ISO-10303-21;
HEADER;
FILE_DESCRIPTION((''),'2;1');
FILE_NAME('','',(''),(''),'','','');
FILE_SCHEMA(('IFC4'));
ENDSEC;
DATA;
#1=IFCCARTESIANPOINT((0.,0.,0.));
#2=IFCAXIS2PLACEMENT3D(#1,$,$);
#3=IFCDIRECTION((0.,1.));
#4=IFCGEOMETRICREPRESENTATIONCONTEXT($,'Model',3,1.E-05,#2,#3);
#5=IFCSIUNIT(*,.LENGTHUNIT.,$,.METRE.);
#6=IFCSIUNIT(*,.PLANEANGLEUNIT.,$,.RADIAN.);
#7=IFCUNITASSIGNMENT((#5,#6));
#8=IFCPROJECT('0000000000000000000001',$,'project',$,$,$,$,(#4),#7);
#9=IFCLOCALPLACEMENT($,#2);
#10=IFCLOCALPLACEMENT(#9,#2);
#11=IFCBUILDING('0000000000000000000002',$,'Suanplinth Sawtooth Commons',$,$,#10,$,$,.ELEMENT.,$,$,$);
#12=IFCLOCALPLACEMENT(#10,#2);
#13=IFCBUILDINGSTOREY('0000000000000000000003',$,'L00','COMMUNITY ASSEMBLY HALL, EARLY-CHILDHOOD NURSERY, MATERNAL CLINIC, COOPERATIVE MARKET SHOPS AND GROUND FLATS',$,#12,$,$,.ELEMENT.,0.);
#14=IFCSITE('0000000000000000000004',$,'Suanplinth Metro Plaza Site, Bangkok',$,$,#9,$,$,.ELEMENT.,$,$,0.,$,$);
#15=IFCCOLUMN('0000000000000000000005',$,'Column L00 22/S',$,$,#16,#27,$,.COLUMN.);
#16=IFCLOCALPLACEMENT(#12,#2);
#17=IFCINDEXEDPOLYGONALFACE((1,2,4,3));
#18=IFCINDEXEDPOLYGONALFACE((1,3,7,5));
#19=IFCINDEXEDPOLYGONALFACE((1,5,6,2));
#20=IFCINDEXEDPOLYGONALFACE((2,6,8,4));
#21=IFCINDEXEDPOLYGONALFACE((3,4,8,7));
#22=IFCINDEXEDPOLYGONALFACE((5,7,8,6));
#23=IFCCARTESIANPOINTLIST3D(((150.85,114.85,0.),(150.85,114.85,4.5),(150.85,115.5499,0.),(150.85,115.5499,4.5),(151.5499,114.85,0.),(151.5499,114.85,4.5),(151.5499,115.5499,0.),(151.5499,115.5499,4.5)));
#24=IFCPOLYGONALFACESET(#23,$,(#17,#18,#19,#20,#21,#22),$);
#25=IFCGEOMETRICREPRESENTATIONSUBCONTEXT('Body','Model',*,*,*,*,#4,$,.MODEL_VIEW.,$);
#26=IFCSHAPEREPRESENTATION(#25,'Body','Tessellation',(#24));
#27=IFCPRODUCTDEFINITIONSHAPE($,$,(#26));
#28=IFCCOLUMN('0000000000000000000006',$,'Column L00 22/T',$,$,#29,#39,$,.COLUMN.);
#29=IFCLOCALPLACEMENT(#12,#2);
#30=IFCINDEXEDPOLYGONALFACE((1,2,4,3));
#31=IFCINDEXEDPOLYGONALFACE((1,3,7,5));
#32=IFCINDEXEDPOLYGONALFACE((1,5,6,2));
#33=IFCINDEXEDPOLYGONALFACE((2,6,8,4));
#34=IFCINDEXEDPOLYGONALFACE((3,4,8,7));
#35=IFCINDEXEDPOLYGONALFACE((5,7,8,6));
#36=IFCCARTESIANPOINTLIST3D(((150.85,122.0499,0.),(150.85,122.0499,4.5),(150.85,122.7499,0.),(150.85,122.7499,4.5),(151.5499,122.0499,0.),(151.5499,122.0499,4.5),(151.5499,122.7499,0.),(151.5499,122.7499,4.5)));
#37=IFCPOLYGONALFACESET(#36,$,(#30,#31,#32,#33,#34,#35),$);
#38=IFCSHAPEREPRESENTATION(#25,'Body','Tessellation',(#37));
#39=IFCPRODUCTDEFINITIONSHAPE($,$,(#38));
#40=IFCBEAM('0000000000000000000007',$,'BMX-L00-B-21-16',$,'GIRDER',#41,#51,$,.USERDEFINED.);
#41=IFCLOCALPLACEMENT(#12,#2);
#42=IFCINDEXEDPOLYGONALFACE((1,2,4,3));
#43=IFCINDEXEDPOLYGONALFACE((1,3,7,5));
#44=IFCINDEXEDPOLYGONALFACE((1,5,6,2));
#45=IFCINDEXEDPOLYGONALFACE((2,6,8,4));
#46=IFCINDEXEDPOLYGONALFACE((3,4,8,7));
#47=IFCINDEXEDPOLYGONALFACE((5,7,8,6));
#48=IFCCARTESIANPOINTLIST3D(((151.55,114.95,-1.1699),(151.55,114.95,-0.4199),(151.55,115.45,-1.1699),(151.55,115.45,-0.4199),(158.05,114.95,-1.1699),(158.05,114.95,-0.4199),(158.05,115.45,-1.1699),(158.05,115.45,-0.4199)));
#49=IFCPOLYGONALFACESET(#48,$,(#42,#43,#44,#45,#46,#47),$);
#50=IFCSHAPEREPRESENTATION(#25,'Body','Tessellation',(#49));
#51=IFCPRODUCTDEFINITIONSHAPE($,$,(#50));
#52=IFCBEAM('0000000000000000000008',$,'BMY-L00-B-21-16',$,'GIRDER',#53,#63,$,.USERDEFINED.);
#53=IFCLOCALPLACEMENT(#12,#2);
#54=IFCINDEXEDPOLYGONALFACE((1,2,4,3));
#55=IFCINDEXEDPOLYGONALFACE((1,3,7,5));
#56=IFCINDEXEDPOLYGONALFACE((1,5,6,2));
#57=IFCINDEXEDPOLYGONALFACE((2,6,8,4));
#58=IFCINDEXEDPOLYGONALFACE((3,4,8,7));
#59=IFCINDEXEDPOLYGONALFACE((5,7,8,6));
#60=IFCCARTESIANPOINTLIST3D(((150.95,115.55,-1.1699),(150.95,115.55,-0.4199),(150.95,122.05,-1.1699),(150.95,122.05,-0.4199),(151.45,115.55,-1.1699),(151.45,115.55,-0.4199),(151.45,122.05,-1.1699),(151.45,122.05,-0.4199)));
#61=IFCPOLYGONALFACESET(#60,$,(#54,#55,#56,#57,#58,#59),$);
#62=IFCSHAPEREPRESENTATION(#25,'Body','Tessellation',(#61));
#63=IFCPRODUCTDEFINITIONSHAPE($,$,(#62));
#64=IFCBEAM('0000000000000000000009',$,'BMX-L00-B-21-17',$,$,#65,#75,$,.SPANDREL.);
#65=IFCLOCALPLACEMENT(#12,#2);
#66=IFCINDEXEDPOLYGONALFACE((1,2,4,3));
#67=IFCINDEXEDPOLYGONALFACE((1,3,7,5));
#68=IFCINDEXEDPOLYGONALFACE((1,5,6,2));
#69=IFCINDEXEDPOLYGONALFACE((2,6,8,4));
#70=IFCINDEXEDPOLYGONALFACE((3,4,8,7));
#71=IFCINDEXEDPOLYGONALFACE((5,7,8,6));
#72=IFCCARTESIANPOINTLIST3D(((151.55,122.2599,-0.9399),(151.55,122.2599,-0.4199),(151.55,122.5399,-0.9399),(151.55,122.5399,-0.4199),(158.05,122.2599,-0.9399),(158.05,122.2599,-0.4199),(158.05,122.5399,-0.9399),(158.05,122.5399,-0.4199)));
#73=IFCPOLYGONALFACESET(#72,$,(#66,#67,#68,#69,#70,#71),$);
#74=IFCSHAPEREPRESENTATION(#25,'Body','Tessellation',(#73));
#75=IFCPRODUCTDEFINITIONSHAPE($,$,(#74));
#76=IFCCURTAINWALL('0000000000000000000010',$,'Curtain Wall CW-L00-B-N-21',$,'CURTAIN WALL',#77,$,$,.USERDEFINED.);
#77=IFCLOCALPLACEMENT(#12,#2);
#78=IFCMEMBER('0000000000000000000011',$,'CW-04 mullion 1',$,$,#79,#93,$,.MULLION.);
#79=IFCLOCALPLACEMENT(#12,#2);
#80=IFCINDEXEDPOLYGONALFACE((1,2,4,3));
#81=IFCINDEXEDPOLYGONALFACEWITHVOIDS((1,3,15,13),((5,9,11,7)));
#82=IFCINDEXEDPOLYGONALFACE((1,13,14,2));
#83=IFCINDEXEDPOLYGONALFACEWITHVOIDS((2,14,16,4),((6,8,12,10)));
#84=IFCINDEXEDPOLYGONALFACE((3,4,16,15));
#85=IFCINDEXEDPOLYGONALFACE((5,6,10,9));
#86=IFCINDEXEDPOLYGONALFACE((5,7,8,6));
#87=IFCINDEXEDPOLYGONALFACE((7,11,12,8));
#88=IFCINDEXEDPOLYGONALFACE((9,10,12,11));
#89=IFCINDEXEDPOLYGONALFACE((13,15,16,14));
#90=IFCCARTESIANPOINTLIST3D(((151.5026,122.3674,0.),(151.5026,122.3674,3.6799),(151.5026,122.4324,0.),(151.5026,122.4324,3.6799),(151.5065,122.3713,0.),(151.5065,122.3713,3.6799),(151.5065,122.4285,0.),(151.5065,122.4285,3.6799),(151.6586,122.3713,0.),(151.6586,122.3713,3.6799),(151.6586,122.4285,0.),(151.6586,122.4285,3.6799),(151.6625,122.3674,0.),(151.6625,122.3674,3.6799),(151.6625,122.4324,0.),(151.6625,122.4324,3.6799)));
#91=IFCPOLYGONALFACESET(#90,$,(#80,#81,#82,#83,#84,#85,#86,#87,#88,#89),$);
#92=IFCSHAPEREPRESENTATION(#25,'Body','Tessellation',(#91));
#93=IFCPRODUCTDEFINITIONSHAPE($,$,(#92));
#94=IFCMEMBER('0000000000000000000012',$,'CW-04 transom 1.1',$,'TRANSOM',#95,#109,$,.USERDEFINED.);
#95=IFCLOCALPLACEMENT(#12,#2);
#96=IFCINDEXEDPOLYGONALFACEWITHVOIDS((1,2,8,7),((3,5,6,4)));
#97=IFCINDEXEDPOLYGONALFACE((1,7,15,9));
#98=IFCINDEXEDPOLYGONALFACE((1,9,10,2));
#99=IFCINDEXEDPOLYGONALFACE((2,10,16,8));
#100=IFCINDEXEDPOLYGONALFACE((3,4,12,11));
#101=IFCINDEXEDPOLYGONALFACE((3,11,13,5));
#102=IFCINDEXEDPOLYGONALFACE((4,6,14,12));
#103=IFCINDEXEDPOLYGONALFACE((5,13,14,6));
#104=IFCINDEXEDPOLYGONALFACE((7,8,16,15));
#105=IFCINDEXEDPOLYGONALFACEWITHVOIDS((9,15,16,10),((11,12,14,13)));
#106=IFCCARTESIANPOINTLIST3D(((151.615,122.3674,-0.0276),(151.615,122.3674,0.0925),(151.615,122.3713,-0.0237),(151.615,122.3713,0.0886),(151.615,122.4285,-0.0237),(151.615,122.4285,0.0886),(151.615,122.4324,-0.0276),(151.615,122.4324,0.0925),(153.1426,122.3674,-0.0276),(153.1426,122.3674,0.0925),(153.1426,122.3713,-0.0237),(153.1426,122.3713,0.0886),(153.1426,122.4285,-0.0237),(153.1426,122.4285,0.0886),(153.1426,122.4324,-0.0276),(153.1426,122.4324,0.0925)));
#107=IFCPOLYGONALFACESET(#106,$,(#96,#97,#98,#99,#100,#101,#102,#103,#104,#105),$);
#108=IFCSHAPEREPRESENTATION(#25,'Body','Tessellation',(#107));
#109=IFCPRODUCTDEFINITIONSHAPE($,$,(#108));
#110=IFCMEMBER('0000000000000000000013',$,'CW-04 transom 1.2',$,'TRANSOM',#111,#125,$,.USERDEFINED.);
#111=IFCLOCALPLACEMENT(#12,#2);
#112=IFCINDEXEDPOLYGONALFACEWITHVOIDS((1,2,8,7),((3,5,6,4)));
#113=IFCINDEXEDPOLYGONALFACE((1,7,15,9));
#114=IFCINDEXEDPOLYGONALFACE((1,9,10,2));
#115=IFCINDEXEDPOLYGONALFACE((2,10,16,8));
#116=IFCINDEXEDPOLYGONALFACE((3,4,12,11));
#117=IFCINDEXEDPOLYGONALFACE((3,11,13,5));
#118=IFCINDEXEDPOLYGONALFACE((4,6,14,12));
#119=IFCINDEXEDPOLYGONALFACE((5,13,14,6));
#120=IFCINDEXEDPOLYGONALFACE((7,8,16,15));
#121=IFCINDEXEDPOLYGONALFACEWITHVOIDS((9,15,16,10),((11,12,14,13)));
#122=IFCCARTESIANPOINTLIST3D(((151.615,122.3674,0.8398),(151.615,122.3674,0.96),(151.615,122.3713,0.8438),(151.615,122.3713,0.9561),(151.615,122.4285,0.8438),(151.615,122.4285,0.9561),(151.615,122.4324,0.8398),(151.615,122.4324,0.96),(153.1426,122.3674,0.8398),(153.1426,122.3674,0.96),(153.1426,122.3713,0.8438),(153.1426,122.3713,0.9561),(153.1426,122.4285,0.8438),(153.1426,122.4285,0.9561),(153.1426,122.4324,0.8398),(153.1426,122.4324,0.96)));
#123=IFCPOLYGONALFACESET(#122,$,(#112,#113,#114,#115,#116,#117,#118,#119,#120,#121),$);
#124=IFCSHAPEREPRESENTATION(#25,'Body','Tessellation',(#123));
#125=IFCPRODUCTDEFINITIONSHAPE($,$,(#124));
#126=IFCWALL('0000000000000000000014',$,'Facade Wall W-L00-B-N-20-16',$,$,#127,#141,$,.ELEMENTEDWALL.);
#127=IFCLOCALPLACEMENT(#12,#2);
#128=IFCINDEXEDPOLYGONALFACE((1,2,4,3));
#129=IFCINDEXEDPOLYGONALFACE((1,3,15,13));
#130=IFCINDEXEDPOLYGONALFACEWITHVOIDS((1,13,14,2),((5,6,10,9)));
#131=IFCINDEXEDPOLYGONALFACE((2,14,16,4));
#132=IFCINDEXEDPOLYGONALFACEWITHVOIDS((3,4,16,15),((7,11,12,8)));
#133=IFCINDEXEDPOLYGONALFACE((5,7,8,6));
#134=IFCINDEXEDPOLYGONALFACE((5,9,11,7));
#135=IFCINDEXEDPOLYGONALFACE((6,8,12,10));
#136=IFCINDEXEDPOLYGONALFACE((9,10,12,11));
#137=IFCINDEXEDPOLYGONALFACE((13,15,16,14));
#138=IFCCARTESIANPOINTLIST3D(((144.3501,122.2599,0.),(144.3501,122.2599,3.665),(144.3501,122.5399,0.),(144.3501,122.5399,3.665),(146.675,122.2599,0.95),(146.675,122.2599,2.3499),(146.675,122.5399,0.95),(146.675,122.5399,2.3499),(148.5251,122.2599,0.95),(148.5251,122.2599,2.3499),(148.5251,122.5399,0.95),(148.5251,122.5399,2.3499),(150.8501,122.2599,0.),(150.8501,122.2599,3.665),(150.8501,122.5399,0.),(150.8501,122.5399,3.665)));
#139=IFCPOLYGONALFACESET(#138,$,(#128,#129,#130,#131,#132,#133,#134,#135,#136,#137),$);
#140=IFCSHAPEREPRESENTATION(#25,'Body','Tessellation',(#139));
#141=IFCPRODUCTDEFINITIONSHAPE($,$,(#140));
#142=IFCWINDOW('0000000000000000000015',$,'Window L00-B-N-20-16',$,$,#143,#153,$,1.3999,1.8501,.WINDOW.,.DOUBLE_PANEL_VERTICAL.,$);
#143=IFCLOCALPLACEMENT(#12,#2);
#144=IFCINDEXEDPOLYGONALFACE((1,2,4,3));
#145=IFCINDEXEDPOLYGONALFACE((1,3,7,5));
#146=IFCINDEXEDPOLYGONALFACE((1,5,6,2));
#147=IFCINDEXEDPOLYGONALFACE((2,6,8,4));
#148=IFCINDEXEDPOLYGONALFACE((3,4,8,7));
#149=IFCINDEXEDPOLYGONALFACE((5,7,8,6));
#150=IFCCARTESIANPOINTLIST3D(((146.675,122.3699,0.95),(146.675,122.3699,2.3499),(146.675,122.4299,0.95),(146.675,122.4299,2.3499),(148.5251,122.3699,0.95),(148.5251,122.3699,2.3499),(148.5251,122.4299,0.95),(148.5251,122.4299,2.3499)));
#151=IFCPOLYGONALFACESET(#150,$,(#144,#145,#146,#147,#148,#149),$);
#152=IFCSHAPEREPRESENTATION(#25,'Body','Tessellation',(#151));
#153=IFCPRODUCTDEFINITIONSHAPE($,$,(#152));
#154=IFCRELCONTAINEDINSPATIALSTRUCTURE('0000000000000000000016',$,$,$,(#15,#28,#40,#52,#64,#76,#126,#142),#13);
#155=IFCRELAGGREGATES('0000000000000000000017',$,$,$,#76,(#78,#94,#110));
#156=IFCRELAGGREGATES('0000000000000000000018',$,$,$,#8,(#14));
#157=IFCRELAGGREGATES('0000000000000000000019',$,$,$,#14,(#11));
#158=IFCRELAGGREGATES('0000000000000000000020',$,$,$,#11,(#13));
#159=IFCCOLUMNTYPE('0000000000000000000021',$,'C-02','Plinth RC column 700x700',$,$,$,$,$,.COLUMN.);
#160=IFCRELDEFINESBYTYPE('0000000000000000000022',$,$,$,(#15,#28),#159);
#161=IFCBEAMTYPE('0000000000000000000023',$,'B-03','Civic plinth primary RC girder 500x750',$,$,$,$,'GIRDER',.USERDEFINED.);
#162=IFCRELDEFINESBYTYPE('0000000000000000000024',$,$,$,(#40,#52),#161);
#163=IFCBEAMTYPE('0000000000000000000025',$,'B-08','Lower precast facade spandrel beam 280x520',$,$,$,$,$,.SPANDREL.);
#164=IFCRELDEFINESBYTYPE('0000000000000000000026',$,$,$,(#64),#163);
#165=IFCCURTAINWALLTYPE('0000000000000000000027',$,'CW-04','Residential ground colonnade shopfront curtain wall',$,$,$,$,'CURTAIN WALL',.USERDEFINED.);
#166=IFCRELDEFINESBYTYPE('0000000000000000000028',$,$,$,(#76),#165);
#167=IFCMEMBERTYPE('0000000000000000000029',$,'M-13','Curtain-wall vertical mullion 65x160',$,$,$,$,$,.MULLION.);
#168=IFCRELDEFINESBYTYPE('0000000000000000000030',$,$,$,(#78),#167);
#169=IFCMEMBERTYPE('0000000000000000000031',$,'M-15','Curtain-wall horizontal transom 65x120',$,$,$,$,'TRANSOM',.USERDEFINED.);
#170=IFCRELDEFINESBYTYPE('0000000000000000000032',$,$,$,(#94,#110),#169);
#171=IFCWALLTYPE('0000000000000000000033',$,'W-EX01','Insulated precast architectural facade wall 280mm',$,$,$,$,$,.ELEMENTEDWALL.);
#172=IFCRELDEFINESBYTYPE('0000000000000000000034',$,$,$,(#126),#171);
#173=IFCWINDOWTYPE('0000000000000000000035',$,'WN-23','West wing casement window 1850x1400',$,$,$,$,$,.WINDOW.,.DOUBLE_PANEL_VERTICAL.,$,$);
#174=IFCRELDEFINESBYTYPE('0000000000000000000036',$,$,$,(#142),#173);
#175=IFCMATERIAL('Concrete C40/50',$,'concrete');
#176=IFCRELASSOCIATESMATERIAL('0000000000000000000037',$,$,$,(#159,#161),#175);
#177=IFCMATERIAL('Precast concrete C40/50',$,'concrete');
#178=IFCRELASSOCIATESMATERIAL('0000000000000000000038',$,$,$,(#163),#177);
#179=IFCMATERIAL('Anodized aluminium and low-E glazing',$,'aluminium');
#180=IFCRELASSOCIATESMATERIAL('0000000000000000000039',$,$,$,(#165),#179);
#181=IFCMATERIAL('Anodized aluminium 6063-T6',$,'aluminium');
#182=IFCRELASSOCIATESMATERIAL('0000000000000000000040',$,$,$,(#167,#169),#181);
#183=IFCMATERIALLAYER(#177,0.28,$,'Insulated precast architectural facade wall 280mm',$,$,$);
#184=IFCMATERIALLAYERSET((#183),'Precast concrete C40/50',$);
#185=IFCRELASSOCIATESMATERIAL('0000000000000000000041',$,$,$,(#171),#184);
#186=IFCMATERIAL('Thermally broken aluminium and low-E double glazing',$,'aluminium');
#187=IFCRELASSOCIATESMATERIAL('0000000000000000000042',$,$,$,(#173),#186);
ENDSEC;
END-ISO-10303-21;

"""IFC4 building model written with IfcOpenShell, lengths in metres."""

from ifc_helpers import new_model, si_unit, direction, frame, frame_2d, origin, origin_2d, place, context, subcontext, project, spatial, rectangle, hollow_rectangle, extrude, material, layer, layer_set, material_profile, profile_set, type_object, element, fill, aggregate, save


model = new_model("IFC4")

# Units and contexts
model_context = context("Model", 3, precision=1e-05, world=origin(), true_north=direction((0.0, 1.0)))
body_context = subcontext(model_context, "Body", "Model", "MODEL_VIEW")
ifc_project = project(units=[si_unit("LENGTHUNIT", "METRE"), si_unit("PLANEANGLEUNIT", "RADIAN")], contexts=[model_context])

# Site, building, storey
site_placement = place(None, origin())
site = spatial("IfcSite", under=ifc_project, at=site_placement, Name="Suanplinth Metro Plaza Site, Bangkok", CompositionType="ELEMENT", RefElevation=0.0)
building_placement = place(site_placement, origin())
building = spatial("IfcBuilding", under=site, at=building_placement, Name="Suanplinth Sawtooth Commons", CompositionType="ELEMENT")
storey_placement = place(building_placement, origin())
storey = spatial("IfcBuildingStorey", under=building, at=storey_placement, Name="L00", Description="COMMUNITY ASSEMBLY HALL, EARLY-CHILDHOOD NURSERY, MATERNAL CLINIC, COOPERATIVE MARKET SHOPS AND GROUND FLATS", CompositionType="ELEMENT", Elevation=0.0)

# Columns
ifc_material_1 = material(Name="Concrete C40/50", Category="concrete")
ifc_material_profile_1 = material_profile(ifc_material_1, rectangle(XDim=0.7, YDim=0.7, at=origin_2d()), Name="RC-COL 700x700")
ifc_profile_set_1 = profile_set([ifc_material_profile_1], Name="Concrete C40/50")
column_type = type_object("IfcColumnType", Name="C-02", Description="Plinth RC column 700x700", PredefinedType="COLUMN", material=ifc_profile_set_1)
for number, where, z_axis, x_axis, name in (
    (1, (151.2, 115.2, 0.0), (0.0, 0.0, 1.0), (1.0, 0.0, 0.0), "Column L00 22/S"),
    (2, (151.2, 122.3999, 0.0), (0.0, 0.0, 1.0), (1.0, 0.0, 0.0), "Column L00 22/T"),
):
    element("IfcColumn", number, at=place(storey_placement, frame(where, z_axis=z_axis, x_axis=x_axis)), inside=storey, type_object=column_type, Name=name, PredefinedType="COLUMN", context=body_context, shape_type="SweptSolid", body=[
        extrude(rectangle(XDim=0.7, YDim=0.7, at=origin_2d()), origin(), (0.0, 0.0, 1.0), 4.5),
    ])

# Beams
ifc_material_profile_2 = material_profile(ifc_material_1, rectangle(XDim=0.5, YDim=0.75, at=origin_2d()), Name="RC-GDR 500x750")
ifc_profile_set_2 = profile_set([ifc_material_profile_2], Name="Concrete C40/50")
beam_type_1 = type_object("IfcBeamType", Name="B-03", Description="Civic plinth primary RC girder 500x750", ElementType="GIRDER", PredefinedType="USERDEFINED", material=ifc_profile_set_2)
for number, where, z_axis, x_axis, name in (
    (3, (151.55, 115.2, -0.7949), (1.0, 0.0, 0.0), (0.0, 1.0, 0.0), "BMX-L00-B-21-16"),
    (4, (151.2, 115.55, -0.7949), (0.0, 1.0, 0.0), (-1.0, 0.0, 0.0), "BMY-L00-B-21-16"),
):
    element("IfcBeam", number, at=place(storey_placement, frame(where, z_axis=z_axis, x_axis=x_axis)), inside=storey, type_object=beam_type_1, Name=name, ObjectType="GIRDER", PredefinedType="USERDEFINED", context=body_context, shape_type="SweptSolid", body=[
        extrude(rectangle(XDim=0.5, YDim=0.75, at=origin_2d()), origin(), (0.0, 0.0, 1.0), 6.5),
    ])
ifc_material_2 = material(Name="Precast concrete C40/50", Category="concrete")
ifc_material_profile_3 = material_profile(ifc_material_2, rectangle(XDim=0.28, YDim=0.52, at=origin_2d()), Name="PC-SP 280x520")
ifc_profile_set_3 = profile_set([ifc_material_profile_3], Name="Precast concrete C40/50")
beam_type_2 = type_object("IfcBeamType", Name="B-08", Description="Lower precast facade spandrel beam 280x520", PredefinedType="SPANDREL", material=ifc_profile_set_3)
beam_placement = place(storey_placement, frame((151.55, 122.3999, -0.6799), z_axis=(1.0, 0.0, 0.0), x_axis=(0.0, 1.0, 0.0)))
element("IfcBeam", 5, at=beam_placement, inside=storey, type_object=beam_type_2, Name="BMX-L00-B-21-17", PredefinedType="SPANDREL", context=body_context, shape_type="SweptSolid", body=[
    extrude(rectangle(XDim=0.28, YDim=0.52, at=origin_2d()), origin(), (0.0, 0.0, 1.0), 6.5),
])

# Curtain wall, members
ifc_material_3 = material(Name="Anodized aluminium and low-E glazing", Category="aluminium")
curtain_wall_type = type_object("IfcCurtainWallType", Name="CW-04", Description="Residential ground colonnade shopfront curtain wall", ElementType="CURTAIN WALL", PredefinedType="USERDEFINED", material=ifc_material_3)
curtain_wall_placement = place(storey_placement, origin())
curtain_wall = element("IfcCurtainWall", 6, at=curtain_wall_placement, inside=storey, type_object=curtain_wall_type, Name="Curtain Wall CW-L00-B-N-21", ObjectType="CURTAIN WALL", PredefinedType="USERDEFINED")
ifc_material_4 = material(Name="Anodized aluminium 6063-T6", Category="aluminium")
ifc_material_profile_4 = material_profile(ifc_material_4, hollow_rectangle(XDim=0.0649, YDim=0.1599, WallThickness=0.0039, at=origin_2d()), Name="ALU-MUL 65x160")
ifc_profile_set_4 = profile_set([ifc_material_profile_4], Name="Anodized aluminium 6063-T6")
member_type_1 = type_object("IfcMemberType", Name="M-13", Description="Curtain-wall vertical mullion 65x160", PredefinedType="MULLION", material=ifc_profile_set_4)
member_1_placement = place(storey_placement, frame((151.5825, 122.3999, 0.0), z_axis=(0.0, 0.0, 1.0), x_axis=(0.0, 1.0, 0.0)))
member_1 = element("IfcMember", 7, at=member_1_placement, type_object=member_type_1, Name="CW-04 mullion 1", PredefinedType="MULLION", context=body_context, shape_type="SweptSolid", body=[
    extrude(hollow_rectangle(XDim=0.0649, YDim=0.1599, WallThickness=0.0039, at=origin_2d()), origin(), (0.0, 0.0, 1.0), 3.6799),
])
ifc_material_profile_5 = material_profile(ifc_material_4, hollow_rectangle(XDim=0.0649, YDim=0.1201, WallThickness=0.0039, at=origin_2d()), Name="ALU-TRN 65x120")
ifc_profile_set_5 = profile_set([ifc_material_profile_5], Name="Anodized aluminium 6063-T6")
member_type_2 = type_object("IfcMemberType", Name="M-15", Description="Curtain-wall horizontal transom 65x120", ElementType="TRANSOM", PredefinedType="USERDEFINED", material=ifc_profile_set_5)
member_2_placement = place(storey_placement, frame((151.615, 122.3999, 0.0325), z_axis=(1.0, 0.0, 0.0), x_axis=(0.0, 1.0, 0.0)))
member_2 = element("IfcMember", 8, at=member_2_placement, type_object=member_type_2, Name="CW-04 transom 1.1", ObjectType="TRANSOM", PredefinedType="USERDEFINED", context=body_context, shape_type="SweptSolid", body=[
    extrude(hollow_rectangle(XDim=0.0649, YDim=0.1201, WallThickness=0.0039, at=origin_2d()), origin(), (0.0, 0.0, 1.0), 1.5276),
])
member_3_placement = place(storey_placement, frame((151.615, 122.3999, 0.8999), z_axis=(1.0, 0.0, 0.0), x_axis=(0.0, 1.0, 0.0)))
member_3 = element("IfcMember", 9, at=member_3_placement, type_object=member_type_2, Name="CW-04 transom 1.2", ObjectType="TRANSOM", PredefinedType="USERDEFINED", context=body_context, shape_type="SweptSolid", body=[
    extrude(hollow_rectangle(XDim=0.0649, YDim=0.1201, WallThickness=0.0039, at=origin_2d()), origin(), (0.0, 0.0, 1.0), 1.5276),
])
aggregate(curtain_wall, [member_1, member_2, member_3])

# Wall, opening, window
ifc_layer_1 = layer(ifc_material_2, 0.28, Name="Insulated precast architectural facade wall 280mm")
ifc_layer_set_1 = layer_set([ifc_layer_1], Name="Precast concrete C40/50")
wall_type_1 = type_object("IfcWallType", Name="W-EX01", Description="Insulated precast architectural facade wall 280mm", PredefinedType="ELEMENTEDWALL", material=ifc_layer_set_1)
wall_1_placement = place(storey_placement, frame((144.3501, 122.3999, 0.0), z_axis=(0.0, 0.0, 1.0), x_axis=(1.0, 0.0, 0.0)))
wall_1 = element("IfcWall", 10, at=wall_1_placement, inside=storey, type_object=wall_type_1, Name="Facade Wall W-L00-B-N-20-16", PredefinedType="ELEMENTEDWALL", context=body_context, shape_type="SweptSolid", body=[
    extrude(rectangle(XDim=6.5, YDim=0.28, at=frame_2d((3.25, 0.0))), origin(), (0.0, 0.0, 1.0), 3.665),
])
opening_1_placement = place(wall_1_placement, frame((2.325, 0.0, 0.95)))
opening_1 = element("IfcOpeningElement", 11, at=opening_1_placement, cuts=wall_1, PredefinedType="OPENING", context=body_context, shape_type="SweptSolid", body=[
    extrude(rectangle(XDim=1.8501, YDim=1.3999, at=frame_2d((0.925, 0.7))), frame((0.0, 0.1548, 0.0), z_axis=(0.0, -1.0, 0.0), x_axis=(1.0, 0.0, 0.0)), (0.0, 0.0, 1.0), 0.3098),
])
ifc_material_5 = material(Name="Thermally broken aluminium and low-E double glazing", Category="aluminium")
window_type = type_object("IfcWindowType", Name="WN-23", Description="West wing casement window 1850x1400", PartitioningType="DOUBLE_PANEL_VERTICAL", PredefinedType="WINDOW", material=ifc_material_5)
window_placement = place(opening_1_placement, origin())
window = element("IfcWindow", 12, at=window_placement, inside=storey, type_object=window_type, Name="Window L00-B-N-20-16", OverallHeight=1.3999, OverallWidth=1.8501, PartitioningType="DOUBLE_PANEL_VERTICAL", PredefinedType="WINDOW", context=body_context, shape_type="SweptSolid", body=[
    extrude(rectangle(XDim=1.8501, YDim=1.3999, at=frame_2d((0.925, 0.7))), frame((0.0, 0.03, 0.0), z_axis=(0.0, -1.0, 0.0), x_axis=(1.0, 0.0, 0.0)), (0.0, 0.0, 1.0), 0.0601),
])
fill(opening_1, window)

save(model, "model.ifc")
